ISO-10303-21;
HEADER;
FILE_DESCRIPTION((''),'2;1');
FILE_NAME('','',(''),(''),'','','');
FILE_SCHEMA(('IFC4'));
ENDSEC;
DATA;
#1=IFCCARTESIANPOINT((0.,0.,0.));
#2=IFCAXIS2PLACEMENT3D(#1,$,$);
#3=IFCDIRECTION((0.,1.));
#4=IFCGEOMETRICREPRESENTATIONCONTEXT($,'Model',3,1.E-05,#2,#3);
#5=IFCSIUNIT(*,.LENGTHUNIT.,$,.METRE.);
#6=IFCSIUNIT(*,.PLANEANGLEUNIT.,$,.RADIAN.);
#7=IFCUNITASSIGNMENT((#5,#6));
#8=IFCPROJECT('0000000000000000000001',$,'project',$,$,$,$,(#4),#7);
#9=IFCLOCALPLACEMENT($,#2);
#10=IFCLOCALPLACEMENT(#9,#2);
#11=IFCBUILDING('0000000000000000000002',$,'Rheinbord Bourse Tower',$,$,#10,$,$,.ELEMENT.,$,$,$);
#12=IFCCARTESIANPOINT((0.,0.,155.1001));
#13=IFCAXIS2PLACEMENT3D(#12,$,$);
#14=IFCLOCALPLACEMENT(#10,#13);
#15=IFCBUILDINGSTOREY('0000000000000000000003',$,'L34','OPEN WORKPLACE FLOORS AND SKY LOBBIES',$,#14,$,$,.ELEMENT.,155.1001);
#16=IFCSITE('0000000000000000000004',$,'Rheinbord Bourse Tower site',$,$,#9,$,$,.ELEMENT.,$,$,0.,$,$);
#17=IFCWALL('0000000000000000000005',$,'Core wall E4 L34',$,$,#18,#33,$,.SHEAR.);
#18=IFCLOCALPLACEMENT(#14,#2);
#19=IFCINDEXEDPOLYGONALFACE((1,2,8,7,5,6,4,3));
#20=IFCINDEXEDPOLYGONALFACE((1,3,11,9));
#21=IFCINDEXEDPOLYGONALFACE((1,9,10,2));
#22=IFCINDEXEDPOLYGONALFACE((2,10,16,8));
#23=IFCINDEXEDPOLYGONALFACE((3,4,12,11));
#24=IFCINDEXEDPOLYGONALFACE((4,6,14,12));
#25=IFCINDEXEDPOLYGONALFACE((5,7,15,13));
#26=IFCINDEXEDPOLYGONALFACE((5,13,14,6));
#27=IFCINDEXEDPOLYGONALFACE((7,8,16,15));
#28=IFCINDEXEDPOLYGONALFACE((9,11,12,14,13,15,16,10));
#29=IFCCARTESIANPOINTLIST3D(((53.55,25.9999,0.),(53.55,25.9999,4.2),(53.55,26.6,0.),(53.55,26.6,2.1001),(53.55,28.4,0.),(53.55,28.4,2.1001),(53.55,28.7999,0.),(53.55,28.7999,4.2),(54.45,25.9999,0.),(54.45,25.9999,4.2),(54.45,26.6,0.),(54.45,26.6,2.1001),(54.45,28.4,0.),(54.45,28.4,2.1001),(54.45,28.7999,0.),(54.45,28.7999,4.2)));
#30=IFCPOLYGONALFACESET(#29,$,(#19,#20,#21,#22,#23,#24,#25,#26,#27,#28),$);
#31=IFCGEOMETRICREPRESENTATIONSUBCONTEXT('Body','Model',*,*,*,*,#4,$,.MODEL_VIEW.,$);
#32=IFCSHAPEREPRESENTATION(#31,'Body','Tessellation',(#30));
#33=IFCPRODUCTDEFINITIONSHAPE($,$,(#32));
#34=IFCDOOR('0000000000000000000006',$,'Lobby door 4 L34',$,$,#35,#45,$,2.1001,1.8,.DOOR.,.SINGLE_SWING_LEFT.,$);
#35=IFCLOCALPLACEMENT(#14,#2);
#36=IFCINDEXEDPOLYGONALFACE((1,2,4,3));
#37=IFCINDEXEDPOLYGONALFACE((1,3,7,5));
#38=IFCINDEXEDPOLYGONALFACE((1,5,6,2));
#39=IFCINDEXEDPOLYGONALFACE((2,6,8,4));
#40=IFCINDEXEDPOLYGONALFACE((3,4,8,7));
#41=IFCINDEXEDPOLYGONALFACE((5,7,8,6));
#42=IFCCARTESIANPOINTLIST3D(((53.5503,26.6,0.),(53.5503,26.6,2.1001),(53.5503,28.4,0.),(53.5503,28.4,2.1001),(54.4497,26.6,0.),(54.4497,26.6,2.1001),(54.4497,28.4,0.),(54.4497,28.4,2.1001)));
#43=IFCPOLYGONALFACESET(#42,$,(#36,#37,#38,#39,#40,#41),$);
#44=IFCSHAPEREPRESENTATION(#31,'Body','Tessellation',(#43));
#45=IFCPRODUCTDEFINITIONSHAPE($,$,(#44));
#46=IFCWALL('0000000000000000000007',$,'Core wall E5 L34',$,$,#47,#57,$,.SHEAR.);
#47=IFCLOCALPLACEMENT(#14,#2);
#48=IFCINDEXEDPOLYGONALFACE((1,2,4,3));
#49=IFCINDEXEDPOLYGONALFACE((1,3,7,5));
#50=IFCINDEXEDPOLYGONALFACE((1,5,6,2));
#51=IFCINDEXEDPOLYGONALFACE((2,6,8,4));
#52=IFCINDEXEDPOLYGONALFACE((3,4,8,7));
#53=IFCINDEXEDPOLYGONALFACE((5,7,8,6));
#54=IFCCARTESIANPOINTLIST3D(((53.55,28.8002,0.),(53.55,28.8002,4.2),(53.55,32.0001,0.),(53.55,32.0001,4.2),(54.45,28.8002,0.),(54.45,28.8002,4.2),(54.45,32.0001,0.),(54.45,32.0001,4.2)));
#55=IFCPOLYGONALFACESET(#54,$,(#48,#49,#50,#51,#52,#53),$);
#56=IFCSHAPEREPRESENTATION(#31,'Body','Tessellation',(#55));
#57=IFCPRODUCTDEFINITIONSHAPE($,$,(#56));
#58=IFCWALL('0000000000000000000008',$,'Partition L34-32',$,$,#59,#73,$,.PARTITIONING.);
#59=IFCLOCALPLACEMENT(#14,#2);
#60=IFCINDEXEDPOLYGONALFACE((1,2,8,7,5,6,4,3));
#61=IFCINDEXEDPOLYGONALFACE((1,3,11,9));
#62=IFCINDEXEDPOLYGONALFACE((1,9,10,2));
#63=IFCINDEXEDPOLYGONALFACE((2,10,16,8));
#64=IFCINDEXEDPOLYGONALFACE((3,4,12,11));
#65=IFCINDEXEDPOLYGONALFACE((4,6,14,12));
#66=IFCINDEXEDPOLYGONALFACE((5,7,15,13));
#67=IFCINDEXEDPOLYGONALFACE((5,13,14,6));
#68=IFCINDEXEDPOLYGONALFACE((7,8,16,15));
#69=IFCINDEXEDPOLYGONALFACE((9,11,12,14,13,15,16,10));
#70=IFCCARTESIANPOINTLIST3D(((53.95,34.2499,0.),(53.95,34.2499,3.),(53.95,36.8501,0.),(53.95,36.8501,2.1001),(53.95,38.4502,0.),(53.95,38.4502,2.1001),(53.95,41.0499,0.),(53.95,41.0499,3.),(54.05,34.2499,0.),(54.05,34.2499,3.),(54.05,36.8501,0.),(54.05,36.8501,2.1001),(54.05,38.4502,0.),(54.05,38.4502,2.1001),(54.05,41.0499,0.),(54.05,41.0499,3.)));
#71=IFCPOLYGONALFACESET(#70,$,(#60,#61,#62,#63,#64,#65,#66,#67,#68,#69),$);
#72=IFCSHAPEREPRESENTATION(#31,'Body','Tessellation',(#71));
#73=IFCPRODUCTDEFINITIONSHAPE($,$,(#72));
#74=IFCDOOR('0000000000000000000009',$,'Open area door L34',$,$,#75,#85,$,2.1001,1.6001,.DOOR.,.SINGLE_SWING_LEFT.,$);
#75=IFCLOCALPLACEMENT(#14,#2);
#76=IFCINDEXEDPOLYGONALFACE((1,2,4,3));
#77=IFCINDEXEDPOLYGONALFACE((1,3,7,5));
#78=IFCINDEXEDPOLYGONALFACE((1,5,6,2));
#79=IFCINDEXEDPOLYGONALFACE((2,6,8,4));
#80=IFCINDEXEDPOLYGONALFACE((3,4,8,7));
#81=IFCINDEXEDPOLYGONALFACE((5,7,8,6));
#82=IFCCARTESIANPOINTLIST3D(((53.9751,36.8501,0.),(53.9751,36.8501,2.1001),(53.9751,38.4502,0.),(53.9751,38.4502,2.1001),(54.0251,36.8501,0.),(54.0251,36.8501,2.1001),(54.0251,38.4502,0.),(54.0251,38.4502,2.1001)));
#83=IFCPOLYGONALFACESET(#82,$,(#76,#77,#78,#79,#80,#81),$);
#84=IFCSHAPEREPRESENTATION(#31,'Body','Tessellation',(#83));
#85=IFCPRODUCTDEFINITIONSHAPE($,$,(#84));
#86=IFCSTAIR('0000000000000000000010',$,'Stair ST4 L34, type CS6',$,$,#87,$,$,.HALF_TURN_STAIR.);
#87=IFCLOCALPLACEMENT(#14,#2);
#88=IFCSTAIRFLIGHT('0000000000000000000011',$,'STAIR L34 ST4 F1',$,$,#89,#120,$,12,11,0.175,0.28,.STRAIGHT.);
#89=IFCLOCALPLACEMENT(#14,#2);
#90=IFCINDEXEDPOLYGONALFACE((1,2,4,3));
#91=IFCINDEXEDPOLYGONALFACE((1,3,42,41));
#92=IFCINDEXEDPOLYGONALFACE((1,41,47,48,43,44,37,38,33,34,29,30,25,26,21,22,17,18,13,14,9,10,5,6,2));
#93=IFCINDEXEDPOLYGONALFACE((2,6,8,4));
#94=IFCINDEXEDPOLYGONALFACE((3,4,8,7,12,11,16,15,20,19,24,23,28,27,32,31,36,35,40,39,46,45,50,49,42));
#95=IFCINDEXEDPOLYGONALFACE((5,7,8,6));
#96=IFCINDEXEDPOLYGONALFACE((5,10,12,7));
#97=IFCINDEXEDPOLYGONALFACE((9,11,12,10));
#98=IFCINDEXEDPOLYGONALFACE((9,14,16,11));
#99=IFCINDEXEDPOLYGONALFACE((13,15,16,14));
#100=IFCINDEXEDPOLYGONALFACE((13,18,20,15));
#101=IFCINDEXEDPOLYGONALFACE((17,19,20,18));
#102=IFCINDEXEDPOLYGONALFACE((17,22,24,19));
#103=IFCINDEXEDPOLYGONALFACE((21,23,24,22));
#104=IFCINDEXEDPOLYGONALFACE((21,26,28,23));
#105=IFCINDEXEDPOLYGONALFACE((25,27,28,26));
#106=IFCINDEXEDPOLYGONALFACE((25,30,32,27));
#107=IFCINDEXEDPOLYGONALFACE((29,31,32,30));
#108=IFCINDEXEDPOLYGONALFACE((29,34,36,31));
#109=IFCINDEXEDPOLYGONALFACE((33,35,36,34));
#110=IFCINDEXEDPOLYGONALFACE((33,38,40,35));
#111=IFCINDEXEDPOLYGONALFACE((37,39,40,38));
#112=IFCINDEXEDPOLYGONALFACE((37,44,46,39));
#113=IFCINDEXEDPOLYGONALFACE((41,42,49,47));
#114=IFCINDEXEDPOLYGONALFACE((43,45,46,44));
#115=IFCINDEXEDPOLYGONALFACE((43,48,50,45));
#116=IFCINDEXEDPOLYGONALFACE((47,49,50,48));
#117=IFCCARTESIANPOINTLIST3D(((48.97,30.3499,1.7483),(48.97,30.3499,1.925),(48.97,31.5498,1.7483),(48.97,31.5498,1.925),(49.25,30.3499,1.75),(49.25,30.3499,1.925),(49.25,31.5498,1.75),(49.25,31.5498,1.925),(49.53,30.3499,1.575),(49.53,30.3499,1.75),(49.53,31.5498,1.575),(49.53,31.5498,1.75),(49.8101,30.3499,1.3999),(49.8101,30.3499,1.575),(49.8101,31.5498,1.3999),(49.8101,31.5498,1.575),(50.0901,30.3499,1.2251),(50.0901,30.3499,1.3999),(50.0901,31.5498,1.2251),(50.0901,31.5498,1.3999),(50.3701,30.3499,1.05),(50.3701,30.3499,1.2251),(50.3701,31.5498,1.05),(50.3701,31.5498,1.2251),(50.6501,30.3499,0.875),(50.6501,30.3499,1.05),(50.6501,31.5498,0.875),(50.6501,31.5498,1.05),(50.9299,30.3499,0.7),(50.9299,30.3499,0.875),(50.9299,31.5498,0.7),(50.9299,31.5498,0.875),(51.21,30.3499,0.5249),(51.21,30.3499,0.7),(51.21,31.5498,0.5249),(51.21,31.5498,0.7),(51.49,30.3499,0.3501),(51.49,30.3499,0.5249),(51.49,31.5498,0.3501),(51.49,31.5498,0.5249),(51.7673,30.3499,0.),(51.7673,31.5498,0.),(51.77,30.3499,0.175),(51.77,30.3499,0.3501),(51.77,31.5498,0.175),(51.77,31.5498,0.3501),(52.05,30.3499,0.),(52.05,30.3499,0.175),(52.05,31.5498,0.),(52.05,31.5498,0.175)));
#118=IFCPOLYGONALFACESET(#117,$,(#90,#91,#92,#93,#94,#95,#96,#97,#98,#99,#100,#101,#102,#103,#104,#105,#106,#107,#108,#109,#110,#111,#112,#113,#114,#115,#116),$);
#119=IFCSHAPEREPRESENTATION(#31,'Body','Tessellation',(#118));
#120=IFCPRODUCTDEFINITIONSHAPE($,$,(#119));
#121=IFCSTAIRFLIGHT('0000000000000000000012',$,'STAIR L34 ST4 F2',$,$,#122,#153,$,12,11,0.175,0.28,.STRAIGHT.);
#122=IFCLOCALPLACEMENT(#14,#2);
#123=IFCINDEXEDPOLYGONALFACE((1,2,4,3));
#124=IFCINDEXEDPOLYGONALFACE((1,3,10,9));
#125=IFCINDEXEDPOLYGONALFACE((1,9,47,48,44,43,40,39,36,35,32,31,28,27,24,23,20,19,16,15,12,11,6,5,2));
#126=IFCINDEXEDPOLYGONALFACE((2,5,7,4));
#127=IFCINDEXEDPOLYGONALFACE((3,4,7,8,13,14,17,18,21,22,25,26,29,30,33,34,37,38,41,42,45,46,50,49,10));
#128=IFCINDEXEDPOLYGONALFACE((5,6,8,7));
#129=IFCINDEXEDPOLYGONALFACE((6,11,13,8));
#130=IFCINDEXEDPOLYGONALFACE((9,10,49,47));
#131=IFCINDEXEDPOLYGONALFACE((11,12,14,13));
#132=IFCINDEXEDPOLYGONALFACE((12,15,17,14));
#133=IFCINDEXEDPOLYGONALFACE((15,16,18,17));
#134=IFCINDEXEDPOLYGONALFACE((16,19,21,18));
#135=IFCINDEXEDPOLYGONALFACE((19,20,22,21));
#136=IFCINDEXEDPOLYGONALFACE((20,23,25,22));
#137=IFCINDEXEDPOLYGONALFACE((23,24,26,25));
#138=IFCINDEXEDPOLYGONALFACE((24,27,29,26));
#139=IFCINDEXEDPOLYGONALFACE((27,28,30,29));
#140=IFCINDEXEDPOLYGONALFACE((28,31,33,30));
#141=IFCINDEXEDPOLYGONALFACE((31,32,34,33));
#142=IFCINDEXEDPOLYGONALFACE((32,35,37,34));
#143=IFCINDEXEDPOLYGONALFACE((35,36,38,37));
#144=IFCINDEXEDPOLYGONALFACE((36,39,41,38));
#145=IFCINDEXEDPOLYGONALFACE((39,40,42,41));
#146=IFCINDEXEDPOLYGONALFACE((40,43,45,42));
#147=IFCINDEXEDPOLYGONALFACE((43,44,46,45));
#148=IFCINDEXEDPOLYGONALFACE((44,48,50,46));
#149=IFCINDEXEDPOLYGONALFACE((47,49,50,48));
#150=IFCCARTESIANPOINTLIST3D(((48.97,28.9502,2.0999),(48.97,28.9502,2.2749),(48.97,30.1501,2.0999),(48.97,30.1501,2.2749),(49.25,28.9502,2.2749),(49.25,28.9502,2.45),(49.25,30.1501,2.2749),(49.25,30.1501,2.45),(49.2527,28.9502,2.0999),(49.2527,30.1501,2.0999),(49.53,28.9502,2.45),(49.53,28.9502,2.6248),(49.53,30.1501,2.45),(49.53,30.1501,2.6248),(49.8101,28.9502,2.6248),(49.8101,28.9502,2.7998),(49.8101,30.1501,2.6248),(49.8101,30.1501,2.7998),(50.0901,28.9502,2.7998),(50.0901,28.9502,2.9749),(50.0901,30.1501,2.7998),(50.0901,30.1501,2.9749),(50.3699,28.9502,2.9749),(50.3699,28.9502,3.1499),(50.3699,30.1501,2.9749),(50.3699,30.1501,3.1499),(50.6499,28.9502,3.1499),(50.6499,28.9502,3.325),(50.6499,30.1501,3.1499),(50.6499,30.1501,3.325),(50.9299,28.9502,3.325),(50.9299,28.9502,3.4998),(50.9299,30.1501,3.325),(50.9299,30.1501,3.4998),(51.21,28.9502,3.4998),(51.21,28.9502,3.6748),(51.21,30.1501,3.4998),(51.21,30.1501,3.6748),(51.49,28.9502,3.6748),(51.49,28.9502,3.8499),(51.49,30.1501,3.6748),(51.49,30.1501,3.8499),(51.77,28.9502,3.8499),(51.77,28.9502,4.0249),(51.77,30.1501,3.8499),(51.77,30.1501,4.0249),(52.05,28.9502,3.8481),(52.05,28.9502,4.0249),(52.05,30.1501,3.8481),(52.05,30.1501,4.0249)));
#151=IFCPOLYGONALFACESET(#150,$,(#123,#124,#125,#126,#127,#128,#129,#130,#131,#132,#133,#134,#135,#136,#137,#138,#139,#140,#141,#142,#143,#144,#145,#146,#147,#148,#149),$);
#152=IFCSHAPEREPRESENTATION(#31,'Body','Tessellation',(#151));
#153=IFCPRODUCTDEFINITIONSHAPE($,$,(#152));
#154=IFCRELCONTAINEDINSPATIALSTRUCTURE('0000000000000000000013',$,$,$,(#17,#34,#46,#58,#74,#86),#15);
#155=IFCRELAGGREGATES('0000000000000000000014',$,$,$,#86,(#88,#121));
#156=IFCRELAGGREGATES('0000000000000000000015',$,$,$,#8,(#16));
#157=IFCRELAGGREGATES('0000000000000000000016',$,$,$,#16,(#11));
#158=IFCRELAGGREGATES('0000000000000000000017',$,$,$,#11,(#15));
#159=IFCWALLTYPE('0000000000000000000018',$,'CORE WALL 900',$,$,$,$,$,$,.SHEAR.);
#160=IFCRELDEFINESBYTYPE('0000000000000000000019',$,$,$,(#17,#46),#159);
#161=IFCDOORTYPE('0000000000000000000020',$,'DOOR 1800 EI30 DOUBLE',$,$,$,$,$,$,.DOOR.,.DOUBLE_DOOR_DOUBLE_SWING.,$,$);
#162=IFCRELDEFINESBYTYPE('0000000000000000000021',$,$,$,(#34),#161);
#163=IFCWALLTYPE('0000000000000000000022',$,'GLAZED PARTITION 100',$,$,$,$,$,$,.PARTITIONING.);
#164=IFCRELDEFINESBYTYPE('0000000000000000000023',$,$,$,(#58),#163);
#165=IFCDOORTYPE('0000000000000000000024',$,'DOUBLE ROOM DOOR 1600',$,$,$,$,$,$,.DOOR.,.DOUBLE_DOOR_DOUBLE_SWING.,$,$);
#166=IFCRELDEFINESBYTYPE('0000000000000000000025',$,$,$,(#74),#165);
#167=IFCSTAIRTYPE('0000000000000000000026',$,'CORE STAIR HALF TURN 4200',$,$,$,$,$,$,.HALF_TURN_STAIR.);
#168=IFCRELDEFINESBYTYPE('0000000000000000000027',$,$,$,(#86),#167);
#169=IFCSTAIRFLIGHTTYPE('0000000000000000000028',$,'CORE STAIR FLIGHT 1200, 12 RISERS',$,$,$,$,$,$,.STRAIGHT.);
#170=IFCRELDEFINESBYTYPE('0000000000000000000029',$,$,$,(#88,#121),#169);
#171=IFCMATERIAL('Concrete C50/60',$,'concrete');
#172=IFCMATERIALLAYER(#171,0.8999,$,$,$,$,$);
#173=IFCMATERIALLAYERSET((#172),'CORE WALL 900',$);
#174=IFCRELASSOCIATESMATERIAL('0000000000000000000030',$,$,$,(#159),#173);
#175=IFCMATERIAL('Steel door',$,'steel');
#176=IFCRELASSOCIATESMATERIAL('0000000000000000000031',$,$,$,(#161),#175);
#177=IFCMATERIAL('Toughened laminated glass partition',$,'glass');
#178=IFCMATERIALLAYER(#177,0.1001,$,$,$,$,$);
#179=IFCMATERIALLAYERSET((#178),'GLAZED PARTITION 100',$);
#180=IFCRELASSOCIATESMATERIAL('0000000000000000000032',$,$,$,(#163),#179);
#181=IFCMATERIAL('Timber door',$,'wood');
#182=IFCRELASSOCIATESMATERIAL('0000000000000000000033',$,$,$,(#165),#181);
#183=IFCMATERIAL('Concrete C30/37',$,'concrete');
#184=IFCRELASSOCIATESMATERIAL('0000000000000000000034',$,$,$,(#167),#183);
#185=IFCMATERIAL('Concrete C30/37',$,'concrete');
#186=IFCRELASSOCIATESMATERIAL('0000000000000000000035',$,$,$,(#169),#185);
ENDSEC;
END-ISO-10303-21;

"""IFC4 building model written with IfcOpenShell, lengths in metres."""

from ifc_helpers import new_model, si_unit, direction, frame, frame_2d, origin, place, context, subcontext, project, spatial, polyline, rectangle, outline, extrude, material, layer, layer_set, type_object, element, fill, aggregate, save


model = new_model("IFC4")

# Units and contexts
model_context = context("Model", 3, precision=1e-05, world=origin(), true_north=direction((0.0, 1.0)))
body_context = subcontext(model_context, "Body", "Model", "MODEL_VIEW")
ifc_project = project(units=[si_unit("LENGTHUNIT", "METRE"), si_unit("PLANEANGLEUNIT", "RADIAN")], contexts=[model_context])

# Site, building, storey
site_placement = place(None, origin())
site = spatial("IfcSite", under=ifc_project, at=site_placement, Name="Rheinbord Bourse Tower site", CompositionType="ELEMENT", RefElevation=0.0)
building_placement = place(site_placement, origin())
building = spatial("IfcBuilding", under=site, at=building_placement, Name="Rheinbord Bourse Tower", CompositionType="ELEMENT")
storey_placement = place(building_placement, frame((0.0, 0.0, 155.1001)))
storey = spatial("IfcBuildingStorey", under=building, at=storey_placement, Name="L34", Description="OPEN WORKPLACE FLOORS AND SKY LOBBIES", CompositionType="ELEMENT", Elevation=155.1001)

# Shared definitions
ifc_material_1 = material(Name="Concrete C50/60", Category="concrete")
ifc_layer_1 = layer(ifc_material_1, 0.8999)
ifc_layer_set_1 = layer_set([ifc_layer_1], Name="CORE WALL 900")
wall_type_1 = type_object("IfcWallType", Name="CORE WALL 900", PredefinedType="SHEAR", material=ifc_layer_set_1)

# Wall, opening, door
wall_1_placement = place(storey_placement, frame((54.0, 26.0, 0.0), z_axis=(0.0, 0.0, 1.0), x_axis=(0.0, 1.0, 0.0)))
wall_1 = element("IfcWall", 1, at=wall_1_placement, inside=storey, type_object=wall_type_1, Name="Core wall E4 L34", PredefinedType="SHEAR", context=body_context, shape_type="SweptSolid", body=[
    extrude(rectangle(XDim=2.8, YDim=0.8999, at=frame_2d((1.3999, 0.0))), origin(), (0.0, 0.0, 1.0), 4.2),
])
opening_1_placement = place(wall_1_placement, frame((0.6001, 0.0, 0.0)))
opening_1 = element("IfcOpeningElement", 2, at=opening_1_placement, cuts=wall_1, PredefinedType="OPENING", context=body_context, shape_type="SweptSolid", body=[
    extrude(rectangle(XDim=1.8, YDim=2.1001, at=frame_2d((0.8999, 1.05))), frame((0.0, 0.46, 0.0), z_axis=(0.0, -1.0, 0.0), x_axis=(1.0, 0.0, 0.0)), (0.0, 0.0, 1.0), 0.9199),
])
ifc_material_2 = material(Name="Steel door", Category="steel")
door_type_1 = type_object("IfcDoorType", Name="DOOR 1800 EI30 DOUBLE", OperationType="DOUBLE_DOOR_DOUBLE_SWING", PredefinedType="DOOR", material=ifc_material_2)
door_1_placement = place(opening_1_placement, origin())
door_1 = element("IfcDoor", 3, at=door_1_placement, inside=storey, type_object=door_type_1, Name="Lobby door 4 L34", OperationType="SINGLE_SWING_LEFT", OverallHeight=2.1001, OverallWidth=1.8, PredefinedType="DOOR", context=body_context, shape_type="SweptSolid", body=[
    extrude(rectangle(XDim=1.8, YDim=2.1001, at=frame_2d((0.8999, 1.05))), frame((0.0, 0.4497, 0.0), z_axis=(0.0, -1.0, 0.0), x_axis=(1.0, 0.0, 0.0)), (0.0, 0.0, 1.0), 0.8994),
])
fill(opening_1, door_1)

# Wall
wall_2_placement = place(storey_placement, frame((54.0, 28.8, 0.0), z_axis=(0.0, 0.0, 1.0), x_axis=(0.0, 1.0, 0.0)))
element("IfcWall", 4, at=wall_2_placement, inside=storey, type_object=wall_type_1, Name="Core wall E5 L34", PredefinedType="SHEAR", context=body_context, shape_type="SweptSolid", body=[
    extrude(rectangle(XDim=3.2, YDim=0.8999, at=frame_2d((1.6001, 0.0))), origin(), (0.0, 0.0, 1.0), 4.2),
])

# Wall, opening, door
ifc_material_3 = material(Name="Toughened laminated glass partition", Category="glass")
ifc_layer_2 = layer(ifc_material_3, 0.1001)
ifc_layer_set_2 = layer_set([ifc_layer_2], Name="GLAZED PARTITION 100")
wall_type_2 = type_object("IfcWallType", Name="GLAZED PARTITION 100", PredefinedType="PARTITIONING", material=ifc_layer_set_2)
wall_3_placement = place(storey_placement, frame((54.0, 34.25, 0.0), z_axis=(0.0, 0.0, 1.0), x_axis=(0.0, 1.0, 0.0)))
wall_3 = element("IfcWall", 5, at=wall_3_placement, inside=storey, type_object=wall_type_2, Name="Partition L34-32", PredefinedType="PARTITIONING", context=body_context, shape_type="SweptSolid", body=[
    extrude(rectangle(XDim=6.8, YDim=0.1001, at=frame_2d((3.3999, 0.0))), origin(), (0.0, 0.0, 1.0), 3.0),
])
opening_2_placement = place(wall_3_placement, frame((2.6001, 0.0, 0.0)))
opening_2 = element("IfcOpeningElement", 6, at=opening_2_placement, cuts=wall_3, PredefinedType="OPENING", context=body_context, shape_type="SweptSolid", body=[
    extrude(rectangle(XDim=1.6001, YDim=2.1001, at=frame_2d((0.8, 1.05))), frame((0.0, 0.0601, 0.0), z_axis=(0.0, -1.0, 0.0), x_axis=(1.0, 0.0, 0.0)), (0.0, 0.0, 1.0), 0.1201),
])
ifc_material_4 = material(Name="Timber door", Category="wood")
door_type_2 = type_object("IfcDoorType", Name="DOUBLE ROOM DOOR 1600", OperationType="DOUBLE_DOOR_DOUBLE_SWING", PredefinedType="DOOR", material=ifc_material_4)
door_2_placement = place(opening_2_placement, origin())
door_2 = element("IfcDoor", 7, at=door_2_placement, inside=storey, type_object=door_type_2, Name="Open area door L34", OperationType="SINGLE_SWING_LEFT", OverallHeight=2.1001, OverallWidth=1.6001, PredefinedType="DOOR", context=body_context, shape_type="SweptSolid", body=[
    extrude(rectangle(XDim=1.6001, YDim=2.1001, at=frame_2d((0.8, 1.05))), frame((0.0, 0.0249, 0.0), z_axis=(0.0, -1.0, 0.0), x_axis=(1.0, 0.0, 0.0)), (0.0, 0.0, 1.0), 0.05),
])
fill(opening_2, door_2)

# Stair, stair flights
ifc_material_5 = material(Name="Concrete C30/37", Category="concrete")
stair_type = type_object("IfcStairType", Name="CORE STAIR HALF TURN 4200", PredefinedType="HALF_TURN_STAIR", material=ifc_material_5)
stair_placement = place(storey_placement, origin())
stair = element("IfcStair", 8, at=stair_placement, inside=storey, type_object=stair_type, Name="Stair ST4 L34, type CS6", PredefinedType="HALF_TURN_STAIR")
ifc_material_6 = material(Name="Concrete C30/37", Category="concrete")
stair_flight_type = type_object("IfcStairFlightType", Name="CORE STAIR FLIGHT 1200, 12 RISERS", PredefinedType="STRAIGHT", material=ifc_material_6)
stair_flight_1_placement = place(storey_placement, frame((52.05, 30.95, 0.0), z_axis=(0.0, 0.0, 1.0), x_axis=(-1.0, 0.0, 0.0)))
stair_flight_1 = element("IfcStairFlight", 9, at=stair_flight_1_placement, type_object=stair_flight_type, Name="STAIR L34 ST4 F1", NumberOfRisers=12, NumberOfTreads=11, PredefinedType="STRAIGHT", RiserHeight=0.175, TreadLength=0.28, context=body_context, shape_type="SweptSolid", body=[
    extrude(outline(polyline([(0.0, 0.0), (0.0, 0.175), (0.28, 0.175), (0.28, 0.3501), (0.5601, 0.3501), (0.5601, 0.5249), (0.8401, 0.5249), (0.8401, 0.7), (1.1201, 0.7), (1.1201, 0.875), (1.3999, 0.875), (1.3999, 1.05), (1.6799, 1.05), (1.6799, 1.2251), (1.96, 1.2251), (1.96, 1.3999), (2.24, 1.3999), (2.24, 1.575), (2.52, 1.575), (2.52, 1.75), (2.8, 1.75), (2.8, 1.925), (3.0801, 1.925), (3.0801, 2.1001), (3.0801, 1.7483), (0.2827, 0.0), (0.0, 0.0)])), frame((0.0, 0.6001, 0.0), z_axis=(0.0, -1.0, 0.0), x_axis=(1.0, 0.0, 0.0)), (0.0, 0.0, 1.0), 1.2),
])
stair_flight_2_placement = place(storey_placement, frame((48.97, 29.55, 2.0999), z_axis=(0.0, 0.0, 1.0), x_axis=(1.0, 0.0, 0.0)))
stair_flight_2 = element("IfcStairFlight", 10, at=stair_flight_2_placement, type_object=stair_flight_type, Name="STAIR L34 ST4 F2", NumberOfRisers=12, NumberOfTreads=11, PredefinedType="STRAIGHT", RiserHeight=0.175, TreadLength=0.28, context=body_context, shape_type="SweptSolid", body=[
    extrude(outline(polyline([(0.0, 0.0), (0.0, 0.175), (0.28, 0.175), (0.28, 0.3501), (0.5601, 0.3501), (0.5601, 0.5249), (0.8401, 0.5249), (0.8401, 0.7), (1.1201, 0.7), (1.1201, 0.875), (1.3999, 0.875), (1.3999, 1.05), (1.6799, 1.05), (1.6799, 1.2251), (1.96, 1.2251), (1.96, 1.3999), (2.24, 1.3999), (2.24, 1.575), (2.52, 1.575), (2.52, 1.75), (2.8, 1.75), (2.8, 1.925), (3.0801, 1.925), (3.0801, 2.1001), (3.0801, 1.7483), (0.2827, 0.0), (0.0, 0.0)])), frame((0.0, 0.6001, 0.0), z_axis=(0.0, -1.0, 0.0), x_axis=(1.0, 0.0, 0.0)), (0.0, 0.0, 1.0), 1.2),
])
aggregate(stair, [stair_flight_1, stair_flight_2])

save(model, "model.ifc")
